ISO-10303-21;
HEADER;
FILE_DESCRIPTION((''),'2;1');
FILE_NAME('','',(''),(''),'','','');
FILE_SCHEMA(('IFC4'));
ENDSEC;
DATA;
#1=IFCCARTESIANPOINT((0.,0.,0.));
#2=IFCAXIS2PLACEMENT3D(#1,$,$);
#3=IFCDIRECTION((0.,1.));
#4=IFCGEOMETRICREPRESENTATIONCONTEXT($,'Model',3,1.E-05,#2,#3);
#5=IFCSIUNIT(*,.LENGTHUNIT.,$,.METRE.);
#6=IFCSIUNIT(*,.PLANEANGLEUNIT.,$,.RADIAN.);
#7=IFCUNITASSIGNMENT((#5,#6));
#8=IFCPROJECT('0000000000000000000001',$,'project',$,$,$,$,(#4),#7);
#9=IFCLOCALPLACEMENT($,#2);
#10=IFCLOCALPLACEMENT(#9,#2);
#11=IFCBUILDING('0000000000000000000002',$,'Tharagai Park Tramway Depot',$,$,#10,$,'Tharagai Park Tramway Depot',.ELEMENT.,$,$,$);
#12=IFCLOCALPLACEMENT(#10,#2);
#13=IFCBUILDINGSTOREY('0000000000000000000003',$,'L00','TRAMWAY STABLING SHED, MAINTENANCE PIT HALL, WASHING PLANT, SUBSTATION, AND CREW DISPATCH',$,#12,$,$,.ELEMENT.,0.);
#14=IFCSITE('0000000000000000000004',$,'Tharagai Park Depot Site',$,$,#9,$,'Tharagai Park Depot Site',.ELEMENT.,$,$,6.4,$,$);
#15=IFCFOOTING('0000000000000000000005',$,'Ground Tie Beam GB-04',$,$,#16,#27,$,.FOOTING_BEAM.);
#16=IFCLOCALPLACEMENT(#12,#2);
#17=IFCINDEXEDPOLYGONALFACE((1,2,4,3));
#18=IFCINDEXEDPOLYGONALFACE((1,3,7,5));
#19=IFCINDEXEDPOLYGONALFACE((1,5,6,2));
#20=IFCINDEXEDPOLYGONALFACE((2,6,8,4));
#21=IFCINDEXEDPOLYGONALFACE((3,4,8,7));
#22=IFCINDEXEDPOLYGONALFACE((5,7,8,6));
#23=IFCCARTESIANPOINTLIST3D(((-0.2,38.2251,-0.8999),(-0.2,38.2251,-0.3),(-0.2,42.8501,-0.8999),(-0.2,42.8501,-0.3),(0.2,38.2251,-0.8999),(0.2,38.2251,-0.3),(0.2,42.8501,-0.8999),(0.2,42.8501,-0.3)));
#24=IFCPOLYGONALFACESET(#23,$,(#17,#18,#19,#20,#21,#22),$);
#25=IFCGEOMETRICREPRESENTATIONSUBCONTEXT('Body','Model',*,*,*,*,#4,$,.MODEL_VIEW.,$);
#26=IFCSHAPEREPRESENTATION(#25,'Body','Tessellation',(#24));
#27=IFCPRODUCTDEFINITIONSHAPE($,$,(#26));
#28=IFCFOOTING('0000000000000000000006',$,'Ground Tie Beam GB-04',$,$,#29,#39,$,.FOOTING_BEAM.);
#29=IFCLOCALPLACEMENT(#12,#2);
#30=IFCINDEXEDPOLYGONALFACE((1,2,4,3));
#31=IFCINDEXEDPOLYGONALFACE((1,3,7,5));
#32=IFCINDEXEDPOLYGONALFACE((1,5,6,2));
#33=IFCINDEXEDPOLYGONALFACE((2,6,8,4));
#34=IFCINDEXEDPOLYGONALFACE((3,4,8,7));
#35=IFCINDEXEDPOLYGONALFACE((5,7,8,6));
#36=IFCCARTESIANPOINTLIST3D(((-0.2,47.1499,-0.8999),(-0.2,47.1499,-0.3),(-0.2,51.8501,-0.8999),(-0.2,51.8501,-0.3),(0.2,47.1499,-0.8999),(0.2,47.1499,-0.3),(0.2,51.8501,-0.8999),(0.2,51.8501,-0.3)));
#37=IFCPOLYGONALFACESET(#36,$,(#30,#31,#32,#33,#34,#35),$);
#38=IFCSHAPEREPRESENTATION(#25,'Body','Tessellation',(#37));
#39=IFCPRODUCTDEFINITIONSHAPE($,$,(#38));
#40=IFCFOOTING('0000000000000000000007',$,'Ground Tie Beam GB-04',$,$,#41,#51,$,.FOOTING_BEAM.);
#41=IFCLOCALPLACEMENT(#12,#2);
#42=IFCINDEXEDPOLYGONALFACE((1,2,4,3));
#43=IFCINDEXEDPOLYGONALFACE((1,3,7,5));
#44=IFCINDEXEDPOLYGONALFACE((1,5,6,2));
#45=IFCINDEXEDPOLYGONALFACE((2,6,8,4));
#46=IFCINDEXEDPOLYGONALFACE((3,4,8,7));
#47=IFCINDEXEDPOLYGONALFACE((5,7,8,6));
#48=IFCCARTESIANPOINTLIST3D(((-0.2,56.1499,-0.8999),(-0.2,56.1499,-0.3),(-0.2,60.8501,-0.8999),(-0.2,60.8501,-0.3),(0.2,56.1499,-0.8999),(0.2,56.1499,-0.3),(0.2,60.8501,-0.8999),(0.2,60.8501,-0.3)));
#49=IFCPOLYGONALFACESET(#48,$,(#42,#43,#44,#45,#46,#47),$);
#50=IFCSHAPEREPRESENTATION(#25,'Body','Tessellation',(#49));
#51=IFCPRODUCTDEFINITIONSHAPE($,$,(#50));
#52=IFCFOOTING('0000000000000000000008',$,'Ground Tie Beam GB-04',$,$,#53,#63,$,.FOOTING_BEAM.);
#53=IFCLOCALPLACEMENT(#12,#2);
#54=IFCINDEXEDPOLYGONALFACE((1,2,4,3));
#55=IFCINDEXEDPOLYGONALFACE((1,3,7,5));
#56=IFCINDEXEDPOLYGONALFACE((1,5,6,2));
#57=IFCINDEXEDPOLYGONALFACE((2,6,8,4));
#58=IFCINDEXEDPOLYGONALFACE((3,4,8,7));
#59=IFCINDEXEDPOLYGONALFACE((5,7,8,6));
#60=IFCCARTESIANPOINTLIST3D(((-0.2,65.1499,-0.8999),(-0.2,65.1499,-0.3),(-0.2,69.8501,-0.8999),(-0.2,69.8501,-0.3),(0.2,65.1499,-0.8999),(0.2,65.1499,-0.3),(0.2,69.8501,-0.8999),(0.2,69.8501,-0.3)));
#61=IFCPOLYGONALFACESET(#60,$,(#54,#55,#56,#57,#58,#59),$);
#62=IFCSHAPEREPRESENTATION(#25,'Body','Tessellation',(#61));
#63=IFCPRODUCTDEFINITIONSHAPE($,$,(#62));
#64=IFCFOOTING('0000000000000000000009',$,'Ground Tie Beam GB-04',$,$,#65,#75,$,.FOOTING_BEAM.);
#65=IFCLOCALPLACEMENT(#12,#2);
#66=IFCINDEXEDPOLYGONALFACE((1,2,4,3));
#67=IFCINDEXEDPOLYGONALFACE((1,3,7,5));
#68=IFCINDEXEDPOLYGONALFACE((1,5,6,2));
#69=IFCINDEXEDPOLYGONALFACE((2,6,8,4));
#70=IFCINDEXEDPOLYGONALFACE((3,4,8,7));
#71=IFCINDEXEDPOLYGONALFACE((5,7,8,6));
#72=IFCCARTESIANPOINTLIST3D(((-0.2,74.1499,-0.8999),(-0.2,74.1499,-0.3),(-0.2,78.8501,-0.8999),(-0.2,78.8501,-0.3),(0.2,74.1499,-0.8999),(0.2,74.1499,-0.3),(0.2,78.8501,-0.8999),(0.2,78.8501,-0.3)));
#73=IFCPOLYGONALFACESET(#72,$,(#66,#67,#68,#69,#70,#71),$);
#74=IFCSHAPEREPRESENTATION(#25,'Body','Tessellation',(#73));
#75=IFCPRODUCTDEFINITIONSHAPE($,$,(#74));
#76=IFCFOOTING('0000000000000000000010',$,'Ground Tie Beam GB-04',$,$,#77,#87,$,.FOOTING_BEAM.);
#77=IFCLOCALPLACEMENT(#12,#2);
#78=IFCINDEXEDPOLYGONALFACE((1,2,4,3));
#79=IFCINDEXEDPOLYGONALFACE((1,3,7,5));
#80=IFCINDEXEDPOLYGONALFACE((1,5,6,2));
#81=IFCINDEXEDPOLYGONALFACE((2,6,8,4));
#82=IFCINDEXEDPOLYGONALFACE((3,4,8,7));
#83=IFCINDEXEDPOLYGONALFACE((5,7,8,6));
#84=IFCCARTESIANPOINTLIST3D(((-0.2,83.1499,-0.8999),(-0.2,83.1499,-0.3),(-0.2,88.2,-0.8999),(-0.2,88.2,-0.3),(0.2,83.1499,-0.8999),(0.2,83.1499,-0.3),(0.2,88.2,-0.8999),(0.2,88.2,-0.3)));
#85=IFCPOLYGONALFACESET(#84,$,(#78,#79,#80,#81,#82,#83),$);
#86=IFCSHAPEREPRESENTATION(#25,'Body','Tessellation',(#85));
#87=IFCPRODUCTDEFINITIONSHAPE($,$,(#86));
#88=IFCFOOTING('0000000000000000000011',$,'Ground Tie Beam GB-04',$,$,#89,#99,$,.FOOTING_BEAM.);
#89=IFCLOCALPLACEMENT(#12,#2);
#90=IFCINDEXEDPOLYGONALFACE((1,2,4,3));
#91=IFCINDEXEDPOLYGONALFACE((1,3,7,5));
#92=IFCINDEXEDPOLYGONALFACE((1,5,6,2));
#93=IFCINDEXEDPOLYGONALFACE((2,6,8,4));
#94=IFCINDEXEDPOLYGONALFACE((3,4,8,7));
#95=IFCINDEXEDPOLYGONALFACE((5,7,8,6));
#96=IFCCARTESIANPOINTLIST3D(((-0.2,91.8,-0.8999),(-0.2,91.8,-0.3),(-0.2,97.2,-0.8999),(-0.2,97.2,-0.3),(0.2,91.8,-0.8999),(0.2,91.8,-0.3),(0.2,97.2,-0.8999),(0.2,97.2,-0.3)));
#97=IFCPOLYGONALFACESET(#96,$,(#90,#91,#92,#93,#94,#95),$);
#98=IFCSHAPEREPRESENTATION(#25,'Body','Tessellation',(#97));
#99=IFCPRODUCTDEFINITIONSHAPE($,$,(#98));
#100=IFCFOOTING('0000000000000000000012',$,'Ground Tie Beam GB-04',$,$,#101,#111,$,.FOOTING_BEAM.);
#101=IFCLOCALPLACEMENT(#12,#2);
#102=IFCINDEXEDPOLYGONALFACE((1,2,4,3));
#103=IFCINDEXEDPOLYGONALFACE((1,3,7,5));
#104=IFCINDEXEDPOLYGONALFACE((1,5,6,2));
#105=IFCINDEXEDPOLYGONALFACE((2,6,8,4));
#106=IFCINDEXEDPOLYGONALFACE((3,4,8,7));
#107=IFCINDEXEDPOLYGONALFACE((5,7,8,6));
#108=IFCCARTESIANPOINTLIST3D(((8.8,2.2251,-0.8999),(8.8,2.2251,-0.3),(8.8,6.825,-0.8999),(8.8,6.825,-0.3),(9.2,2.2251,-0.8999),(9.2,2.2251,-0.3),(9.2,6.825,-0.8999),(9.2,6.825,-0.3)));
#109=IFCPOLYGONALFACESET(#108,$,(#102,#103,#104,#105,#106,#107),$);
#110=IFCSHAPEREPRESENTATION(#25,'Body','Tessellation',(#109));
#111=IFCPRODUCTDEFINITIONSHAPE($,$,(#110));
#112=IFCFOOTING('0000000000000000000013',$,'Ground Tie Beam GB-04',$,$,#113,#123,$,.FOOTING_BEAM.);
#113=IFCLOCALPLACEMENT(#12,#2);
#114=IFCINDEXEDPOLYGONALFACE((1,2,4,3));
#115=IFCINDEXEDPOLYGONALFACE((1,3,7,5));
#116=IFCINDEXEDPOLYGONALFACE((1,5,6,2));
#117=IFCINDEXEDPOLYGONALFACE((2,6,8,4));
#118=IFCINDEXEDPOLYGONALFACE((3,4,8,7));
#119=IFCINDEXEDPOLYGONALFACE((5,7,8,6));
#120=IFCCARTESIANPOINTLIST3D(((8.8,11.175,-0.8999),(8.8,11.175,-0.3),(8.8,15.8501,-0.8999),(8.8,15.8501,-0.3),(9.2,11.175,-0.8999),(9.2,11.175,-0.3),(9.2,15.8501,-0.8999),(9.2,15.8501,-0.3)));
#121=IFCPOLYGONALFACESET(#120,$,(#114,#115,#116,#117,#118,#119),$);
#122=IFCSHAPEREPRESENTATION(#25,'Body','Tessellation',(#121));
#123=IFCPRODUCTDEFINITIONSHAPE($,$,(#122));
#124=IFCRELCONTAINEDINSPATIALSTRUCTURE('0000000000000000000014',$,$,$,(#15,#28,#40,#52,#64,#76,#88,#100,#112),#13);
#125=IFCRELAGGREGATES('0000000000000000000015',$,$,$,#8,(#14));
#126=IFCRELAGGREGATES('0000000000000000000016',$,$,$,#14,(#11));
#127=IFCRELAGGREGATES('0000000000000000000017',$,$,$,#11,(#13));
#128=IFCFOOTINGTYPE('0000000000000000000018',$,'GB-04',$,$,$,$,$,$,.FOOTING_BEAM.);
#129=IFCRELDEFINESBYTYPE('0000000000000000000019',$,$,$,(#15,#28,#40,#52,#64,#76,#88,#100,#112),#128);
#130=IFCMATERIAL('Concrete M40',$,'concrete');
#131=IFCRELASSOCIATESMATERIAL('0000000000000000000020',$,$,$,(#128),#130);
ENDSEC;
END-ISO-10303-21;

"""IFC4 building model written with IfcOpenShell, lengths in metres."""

from ifc_helpers import new_model, si_unit, direction, frame, origin, place, context, subcontext, project, spatial, polyline, outline, extrude, material, type_object, element, save


model = new_model("IFC4")

# Units and contexts
model_context = context("Model", 3, precision=1e-05, world=origin(), true_north=direction((0.0, 1.0)))
body_context = subcontext(model_context, "Body", "Model", "MODEL_VIEW")
ifc_project = project(units=[si_unit("LENGTHUNIT", "METRE"), si_unit("PLANEANGLEUNIT", "RADIAN")], contexts=[model_context])

# Site, building, storey
site_placement = place(None, origin())
site = spatial("IfcSite", under=ifc_project, at=site_placement, Name="Tharagai Park Depot Site", LongName="Tharagai Park Depot Site", CompositionType="ELEMENT", RefElevation=6.4)
building_placement = place(site_placement, origin())
building = spatial("IfcBuilding", under=site, at=building_placement, Name="Tharagai Park Tramway Depot", LongName="Tharagai Park Tramway Depot", CompositionType="ELEMENT")
storey_placement = place(building_placement, origin())
storey = spatial("IfcBuildingStorey", under=building, at=storey_placement, Name="L00", Description="TRAMWAY STABLING SHED, MAINTENANCE PIT HALL, WASHING PLANT, SUBSTATION, AND CREW DISPATCH", CompositionType="ELEMENT", Elevation=0.0)

# Footings
ifc_material = material(Name="Concrete M40", Category="concrete")
footing_type = type_object("IfcFootingType", Name="GB-04", PredefinedType="FOOTING_BEAM", material=ifc_material)
footing_1_placement = place(storey_placement, frame((0.0, 0.0, -0.8999)))
element("IfcFooting", 1, at=footing_1_placement, inside=storey, type_object=footing_type, Name="Ground Tie Beam GB-04", PredefinedType="FOOTING_BEAM", context=body_context, shape_type="SweptSolid", body=[
    extrude(outline(polyline([(-0.2, 38.2251), (0.2, 38.2251), (0.2, 42.8501), (-0.2, 42.8501), (-0.2, 38.2251)])), origin(), (0.0, 0.0, 1.0), 0.5999),
])
footing_2_placement = place(storey_placement, frame((0.0, 0.0, -0.8999)))
element("IfcFooting", 2, at=footing_2_placement, inside=storey, type_object=footing_type, Name="Ground Tie Beam GB-04", PredefinedType="FOOTING_BEAM", context=body_context, shape_type="SweptSolid", body=[
    extrude(outline(polyline([(-0.2, 47.1499), (0.2, 47.1499), (0.2, 51.8501), (-0.2, 51.8501), (-0.2, 47.1499)])), origin(), (0.0, 0.0, 1.0), 0.5999),
])
footing_3_placement = place(storey_placement, frame((0.0, 0.0, -0.8999)))
element("IfcFooting", 3, at=footing_3_placement, inside=storey, type_object=footing_type, Name="Ground Tie Beam GB-04", PredefinedType="FOOTING_BEAM", context=body_context, shape_type="SweptSolid", body=[
    extrude(outline(polyline([(-0.2, 56.1499), (0.2, 56.1499), (0.2, 60.8501), (-0.2, 60.8501), (-0.2, 56.1499)])), origin(), (0.0, 0.0, 1.0), 0.5999),
])
footing_4_placement = place(storey_placement, frame((0.0, 0.0, -0.8999)))
element("IfcFooting", 4, at=footing_4_placement, inside=storey, type_object=footing_type, Name="Ground Tie Beam GB-04", PredefinedType="FOOTING_BEAM", context=body_context, shape_type="SweptSolid", body=[
    extrude(outline(polyline([(-0.2, 65.1499), (0.2, 65.1499), (0.2, 69.8501), (-0.2, 69.8501), (-0.2, 65.1499)])), origin(), (0.0, 0.0, 1.0), 0.5999),
])
footing_5_placement = place(storey_placement, frame((0.0, 0.0, -0.8999)))
element("IfcFooting", 5, at=footing_5_placement, inside=storey, type_object=footing_type, Name="Ground Tie Beam GB-04", PredefinedType="FOOTING_BEAM", context=body_context, shape_type="SweptSolid", body=[
    extrude(outline(polyline([(-0.2, 74.1499), (0.2, 74.1499), (0.2, 78.8501), (-0.2, 78.8501), (-0.2, 74.1499)])), origin(), (0.0, 0.0, 1.0), 0.5999),
])
footing_6_placement = place(storey_placement, frame((0.0, 0.0, -0.8999)))
element("IfcFooting", 6, at=footing_6_placement, inside=storey, type_object=footing_type, Name="Ground Tie Beam GB-04", PredefinedType="FOOTING_BEAM", context=body_context, shape_type="SweptSolid", body=[
    extrude(outline(polyline([(-0.2, 83.1499), (0.2, 83.1499), (0.2, 88.2), (-0.2, 88.2), (-0.2, 83.1499)])), origin(), (0.0, 0.0, 1.0), 0.5999),
])
footing_7_placement = place(storey_placement, frame((0.0, 0.0, -0.8999)))
element("IfcFooting", 7, at=footing_7_placement, inside=storey, type_object=footing_type, Name="Ground Tie Beam GB-04", PredefinedType="FOOTING_BEAM", context=body_context, shape_type="SweptSolid", body=[
    extrude(outline(polyline([(-0.2, 91.8), (0.2, 91.8), (0.2, 97.2), (-0.2, 97.2), (-0.2, 91.8)])), origin(), (0.0, 0.0, 1.0), 0.5999),
])
footing_8_placement = place(storey_placement, frame((0.0, 0.0, -0.8999)))
element("IfcFooting", 8, at=footing_8_placement, inside=storey, type_object=footing_type, Name="Ground Tie Beam GB-04", PredefinedType="FOOTING_BEAM", context=body_context, shape_type="SweptSolid", body=[
    extrude(outline(polyline([(8.8, 2.2251), (9.2, 2.2251), (9.2, 6.825), (8.8, 6.825), (8.8, 2.2251)])), origin(), (0.0, 0.0, 1.0), 0.5999),
])
footing_9_placement = place(storey_placement, frame((0.0, 0.0, -0.8999)))
element("IfcFooting", 9, at=footing_9_placement, inside=storey, type_object=footing_type, Name="Ground Tie Beam GB-04", PredefinedType="FOOTING_BEAM", context=body_context, shape_type="SweptSolid", body=[
    extrude(outline(polyline([(8.8, 11.175), (9.2, 11.175), (9.2, 15.8501), (8.8, 15.8501), (8.8, 11.175)])), origin(), (0.0, 0.0, 1.0), 0.5999),
])

save(model, "model.ifc")
